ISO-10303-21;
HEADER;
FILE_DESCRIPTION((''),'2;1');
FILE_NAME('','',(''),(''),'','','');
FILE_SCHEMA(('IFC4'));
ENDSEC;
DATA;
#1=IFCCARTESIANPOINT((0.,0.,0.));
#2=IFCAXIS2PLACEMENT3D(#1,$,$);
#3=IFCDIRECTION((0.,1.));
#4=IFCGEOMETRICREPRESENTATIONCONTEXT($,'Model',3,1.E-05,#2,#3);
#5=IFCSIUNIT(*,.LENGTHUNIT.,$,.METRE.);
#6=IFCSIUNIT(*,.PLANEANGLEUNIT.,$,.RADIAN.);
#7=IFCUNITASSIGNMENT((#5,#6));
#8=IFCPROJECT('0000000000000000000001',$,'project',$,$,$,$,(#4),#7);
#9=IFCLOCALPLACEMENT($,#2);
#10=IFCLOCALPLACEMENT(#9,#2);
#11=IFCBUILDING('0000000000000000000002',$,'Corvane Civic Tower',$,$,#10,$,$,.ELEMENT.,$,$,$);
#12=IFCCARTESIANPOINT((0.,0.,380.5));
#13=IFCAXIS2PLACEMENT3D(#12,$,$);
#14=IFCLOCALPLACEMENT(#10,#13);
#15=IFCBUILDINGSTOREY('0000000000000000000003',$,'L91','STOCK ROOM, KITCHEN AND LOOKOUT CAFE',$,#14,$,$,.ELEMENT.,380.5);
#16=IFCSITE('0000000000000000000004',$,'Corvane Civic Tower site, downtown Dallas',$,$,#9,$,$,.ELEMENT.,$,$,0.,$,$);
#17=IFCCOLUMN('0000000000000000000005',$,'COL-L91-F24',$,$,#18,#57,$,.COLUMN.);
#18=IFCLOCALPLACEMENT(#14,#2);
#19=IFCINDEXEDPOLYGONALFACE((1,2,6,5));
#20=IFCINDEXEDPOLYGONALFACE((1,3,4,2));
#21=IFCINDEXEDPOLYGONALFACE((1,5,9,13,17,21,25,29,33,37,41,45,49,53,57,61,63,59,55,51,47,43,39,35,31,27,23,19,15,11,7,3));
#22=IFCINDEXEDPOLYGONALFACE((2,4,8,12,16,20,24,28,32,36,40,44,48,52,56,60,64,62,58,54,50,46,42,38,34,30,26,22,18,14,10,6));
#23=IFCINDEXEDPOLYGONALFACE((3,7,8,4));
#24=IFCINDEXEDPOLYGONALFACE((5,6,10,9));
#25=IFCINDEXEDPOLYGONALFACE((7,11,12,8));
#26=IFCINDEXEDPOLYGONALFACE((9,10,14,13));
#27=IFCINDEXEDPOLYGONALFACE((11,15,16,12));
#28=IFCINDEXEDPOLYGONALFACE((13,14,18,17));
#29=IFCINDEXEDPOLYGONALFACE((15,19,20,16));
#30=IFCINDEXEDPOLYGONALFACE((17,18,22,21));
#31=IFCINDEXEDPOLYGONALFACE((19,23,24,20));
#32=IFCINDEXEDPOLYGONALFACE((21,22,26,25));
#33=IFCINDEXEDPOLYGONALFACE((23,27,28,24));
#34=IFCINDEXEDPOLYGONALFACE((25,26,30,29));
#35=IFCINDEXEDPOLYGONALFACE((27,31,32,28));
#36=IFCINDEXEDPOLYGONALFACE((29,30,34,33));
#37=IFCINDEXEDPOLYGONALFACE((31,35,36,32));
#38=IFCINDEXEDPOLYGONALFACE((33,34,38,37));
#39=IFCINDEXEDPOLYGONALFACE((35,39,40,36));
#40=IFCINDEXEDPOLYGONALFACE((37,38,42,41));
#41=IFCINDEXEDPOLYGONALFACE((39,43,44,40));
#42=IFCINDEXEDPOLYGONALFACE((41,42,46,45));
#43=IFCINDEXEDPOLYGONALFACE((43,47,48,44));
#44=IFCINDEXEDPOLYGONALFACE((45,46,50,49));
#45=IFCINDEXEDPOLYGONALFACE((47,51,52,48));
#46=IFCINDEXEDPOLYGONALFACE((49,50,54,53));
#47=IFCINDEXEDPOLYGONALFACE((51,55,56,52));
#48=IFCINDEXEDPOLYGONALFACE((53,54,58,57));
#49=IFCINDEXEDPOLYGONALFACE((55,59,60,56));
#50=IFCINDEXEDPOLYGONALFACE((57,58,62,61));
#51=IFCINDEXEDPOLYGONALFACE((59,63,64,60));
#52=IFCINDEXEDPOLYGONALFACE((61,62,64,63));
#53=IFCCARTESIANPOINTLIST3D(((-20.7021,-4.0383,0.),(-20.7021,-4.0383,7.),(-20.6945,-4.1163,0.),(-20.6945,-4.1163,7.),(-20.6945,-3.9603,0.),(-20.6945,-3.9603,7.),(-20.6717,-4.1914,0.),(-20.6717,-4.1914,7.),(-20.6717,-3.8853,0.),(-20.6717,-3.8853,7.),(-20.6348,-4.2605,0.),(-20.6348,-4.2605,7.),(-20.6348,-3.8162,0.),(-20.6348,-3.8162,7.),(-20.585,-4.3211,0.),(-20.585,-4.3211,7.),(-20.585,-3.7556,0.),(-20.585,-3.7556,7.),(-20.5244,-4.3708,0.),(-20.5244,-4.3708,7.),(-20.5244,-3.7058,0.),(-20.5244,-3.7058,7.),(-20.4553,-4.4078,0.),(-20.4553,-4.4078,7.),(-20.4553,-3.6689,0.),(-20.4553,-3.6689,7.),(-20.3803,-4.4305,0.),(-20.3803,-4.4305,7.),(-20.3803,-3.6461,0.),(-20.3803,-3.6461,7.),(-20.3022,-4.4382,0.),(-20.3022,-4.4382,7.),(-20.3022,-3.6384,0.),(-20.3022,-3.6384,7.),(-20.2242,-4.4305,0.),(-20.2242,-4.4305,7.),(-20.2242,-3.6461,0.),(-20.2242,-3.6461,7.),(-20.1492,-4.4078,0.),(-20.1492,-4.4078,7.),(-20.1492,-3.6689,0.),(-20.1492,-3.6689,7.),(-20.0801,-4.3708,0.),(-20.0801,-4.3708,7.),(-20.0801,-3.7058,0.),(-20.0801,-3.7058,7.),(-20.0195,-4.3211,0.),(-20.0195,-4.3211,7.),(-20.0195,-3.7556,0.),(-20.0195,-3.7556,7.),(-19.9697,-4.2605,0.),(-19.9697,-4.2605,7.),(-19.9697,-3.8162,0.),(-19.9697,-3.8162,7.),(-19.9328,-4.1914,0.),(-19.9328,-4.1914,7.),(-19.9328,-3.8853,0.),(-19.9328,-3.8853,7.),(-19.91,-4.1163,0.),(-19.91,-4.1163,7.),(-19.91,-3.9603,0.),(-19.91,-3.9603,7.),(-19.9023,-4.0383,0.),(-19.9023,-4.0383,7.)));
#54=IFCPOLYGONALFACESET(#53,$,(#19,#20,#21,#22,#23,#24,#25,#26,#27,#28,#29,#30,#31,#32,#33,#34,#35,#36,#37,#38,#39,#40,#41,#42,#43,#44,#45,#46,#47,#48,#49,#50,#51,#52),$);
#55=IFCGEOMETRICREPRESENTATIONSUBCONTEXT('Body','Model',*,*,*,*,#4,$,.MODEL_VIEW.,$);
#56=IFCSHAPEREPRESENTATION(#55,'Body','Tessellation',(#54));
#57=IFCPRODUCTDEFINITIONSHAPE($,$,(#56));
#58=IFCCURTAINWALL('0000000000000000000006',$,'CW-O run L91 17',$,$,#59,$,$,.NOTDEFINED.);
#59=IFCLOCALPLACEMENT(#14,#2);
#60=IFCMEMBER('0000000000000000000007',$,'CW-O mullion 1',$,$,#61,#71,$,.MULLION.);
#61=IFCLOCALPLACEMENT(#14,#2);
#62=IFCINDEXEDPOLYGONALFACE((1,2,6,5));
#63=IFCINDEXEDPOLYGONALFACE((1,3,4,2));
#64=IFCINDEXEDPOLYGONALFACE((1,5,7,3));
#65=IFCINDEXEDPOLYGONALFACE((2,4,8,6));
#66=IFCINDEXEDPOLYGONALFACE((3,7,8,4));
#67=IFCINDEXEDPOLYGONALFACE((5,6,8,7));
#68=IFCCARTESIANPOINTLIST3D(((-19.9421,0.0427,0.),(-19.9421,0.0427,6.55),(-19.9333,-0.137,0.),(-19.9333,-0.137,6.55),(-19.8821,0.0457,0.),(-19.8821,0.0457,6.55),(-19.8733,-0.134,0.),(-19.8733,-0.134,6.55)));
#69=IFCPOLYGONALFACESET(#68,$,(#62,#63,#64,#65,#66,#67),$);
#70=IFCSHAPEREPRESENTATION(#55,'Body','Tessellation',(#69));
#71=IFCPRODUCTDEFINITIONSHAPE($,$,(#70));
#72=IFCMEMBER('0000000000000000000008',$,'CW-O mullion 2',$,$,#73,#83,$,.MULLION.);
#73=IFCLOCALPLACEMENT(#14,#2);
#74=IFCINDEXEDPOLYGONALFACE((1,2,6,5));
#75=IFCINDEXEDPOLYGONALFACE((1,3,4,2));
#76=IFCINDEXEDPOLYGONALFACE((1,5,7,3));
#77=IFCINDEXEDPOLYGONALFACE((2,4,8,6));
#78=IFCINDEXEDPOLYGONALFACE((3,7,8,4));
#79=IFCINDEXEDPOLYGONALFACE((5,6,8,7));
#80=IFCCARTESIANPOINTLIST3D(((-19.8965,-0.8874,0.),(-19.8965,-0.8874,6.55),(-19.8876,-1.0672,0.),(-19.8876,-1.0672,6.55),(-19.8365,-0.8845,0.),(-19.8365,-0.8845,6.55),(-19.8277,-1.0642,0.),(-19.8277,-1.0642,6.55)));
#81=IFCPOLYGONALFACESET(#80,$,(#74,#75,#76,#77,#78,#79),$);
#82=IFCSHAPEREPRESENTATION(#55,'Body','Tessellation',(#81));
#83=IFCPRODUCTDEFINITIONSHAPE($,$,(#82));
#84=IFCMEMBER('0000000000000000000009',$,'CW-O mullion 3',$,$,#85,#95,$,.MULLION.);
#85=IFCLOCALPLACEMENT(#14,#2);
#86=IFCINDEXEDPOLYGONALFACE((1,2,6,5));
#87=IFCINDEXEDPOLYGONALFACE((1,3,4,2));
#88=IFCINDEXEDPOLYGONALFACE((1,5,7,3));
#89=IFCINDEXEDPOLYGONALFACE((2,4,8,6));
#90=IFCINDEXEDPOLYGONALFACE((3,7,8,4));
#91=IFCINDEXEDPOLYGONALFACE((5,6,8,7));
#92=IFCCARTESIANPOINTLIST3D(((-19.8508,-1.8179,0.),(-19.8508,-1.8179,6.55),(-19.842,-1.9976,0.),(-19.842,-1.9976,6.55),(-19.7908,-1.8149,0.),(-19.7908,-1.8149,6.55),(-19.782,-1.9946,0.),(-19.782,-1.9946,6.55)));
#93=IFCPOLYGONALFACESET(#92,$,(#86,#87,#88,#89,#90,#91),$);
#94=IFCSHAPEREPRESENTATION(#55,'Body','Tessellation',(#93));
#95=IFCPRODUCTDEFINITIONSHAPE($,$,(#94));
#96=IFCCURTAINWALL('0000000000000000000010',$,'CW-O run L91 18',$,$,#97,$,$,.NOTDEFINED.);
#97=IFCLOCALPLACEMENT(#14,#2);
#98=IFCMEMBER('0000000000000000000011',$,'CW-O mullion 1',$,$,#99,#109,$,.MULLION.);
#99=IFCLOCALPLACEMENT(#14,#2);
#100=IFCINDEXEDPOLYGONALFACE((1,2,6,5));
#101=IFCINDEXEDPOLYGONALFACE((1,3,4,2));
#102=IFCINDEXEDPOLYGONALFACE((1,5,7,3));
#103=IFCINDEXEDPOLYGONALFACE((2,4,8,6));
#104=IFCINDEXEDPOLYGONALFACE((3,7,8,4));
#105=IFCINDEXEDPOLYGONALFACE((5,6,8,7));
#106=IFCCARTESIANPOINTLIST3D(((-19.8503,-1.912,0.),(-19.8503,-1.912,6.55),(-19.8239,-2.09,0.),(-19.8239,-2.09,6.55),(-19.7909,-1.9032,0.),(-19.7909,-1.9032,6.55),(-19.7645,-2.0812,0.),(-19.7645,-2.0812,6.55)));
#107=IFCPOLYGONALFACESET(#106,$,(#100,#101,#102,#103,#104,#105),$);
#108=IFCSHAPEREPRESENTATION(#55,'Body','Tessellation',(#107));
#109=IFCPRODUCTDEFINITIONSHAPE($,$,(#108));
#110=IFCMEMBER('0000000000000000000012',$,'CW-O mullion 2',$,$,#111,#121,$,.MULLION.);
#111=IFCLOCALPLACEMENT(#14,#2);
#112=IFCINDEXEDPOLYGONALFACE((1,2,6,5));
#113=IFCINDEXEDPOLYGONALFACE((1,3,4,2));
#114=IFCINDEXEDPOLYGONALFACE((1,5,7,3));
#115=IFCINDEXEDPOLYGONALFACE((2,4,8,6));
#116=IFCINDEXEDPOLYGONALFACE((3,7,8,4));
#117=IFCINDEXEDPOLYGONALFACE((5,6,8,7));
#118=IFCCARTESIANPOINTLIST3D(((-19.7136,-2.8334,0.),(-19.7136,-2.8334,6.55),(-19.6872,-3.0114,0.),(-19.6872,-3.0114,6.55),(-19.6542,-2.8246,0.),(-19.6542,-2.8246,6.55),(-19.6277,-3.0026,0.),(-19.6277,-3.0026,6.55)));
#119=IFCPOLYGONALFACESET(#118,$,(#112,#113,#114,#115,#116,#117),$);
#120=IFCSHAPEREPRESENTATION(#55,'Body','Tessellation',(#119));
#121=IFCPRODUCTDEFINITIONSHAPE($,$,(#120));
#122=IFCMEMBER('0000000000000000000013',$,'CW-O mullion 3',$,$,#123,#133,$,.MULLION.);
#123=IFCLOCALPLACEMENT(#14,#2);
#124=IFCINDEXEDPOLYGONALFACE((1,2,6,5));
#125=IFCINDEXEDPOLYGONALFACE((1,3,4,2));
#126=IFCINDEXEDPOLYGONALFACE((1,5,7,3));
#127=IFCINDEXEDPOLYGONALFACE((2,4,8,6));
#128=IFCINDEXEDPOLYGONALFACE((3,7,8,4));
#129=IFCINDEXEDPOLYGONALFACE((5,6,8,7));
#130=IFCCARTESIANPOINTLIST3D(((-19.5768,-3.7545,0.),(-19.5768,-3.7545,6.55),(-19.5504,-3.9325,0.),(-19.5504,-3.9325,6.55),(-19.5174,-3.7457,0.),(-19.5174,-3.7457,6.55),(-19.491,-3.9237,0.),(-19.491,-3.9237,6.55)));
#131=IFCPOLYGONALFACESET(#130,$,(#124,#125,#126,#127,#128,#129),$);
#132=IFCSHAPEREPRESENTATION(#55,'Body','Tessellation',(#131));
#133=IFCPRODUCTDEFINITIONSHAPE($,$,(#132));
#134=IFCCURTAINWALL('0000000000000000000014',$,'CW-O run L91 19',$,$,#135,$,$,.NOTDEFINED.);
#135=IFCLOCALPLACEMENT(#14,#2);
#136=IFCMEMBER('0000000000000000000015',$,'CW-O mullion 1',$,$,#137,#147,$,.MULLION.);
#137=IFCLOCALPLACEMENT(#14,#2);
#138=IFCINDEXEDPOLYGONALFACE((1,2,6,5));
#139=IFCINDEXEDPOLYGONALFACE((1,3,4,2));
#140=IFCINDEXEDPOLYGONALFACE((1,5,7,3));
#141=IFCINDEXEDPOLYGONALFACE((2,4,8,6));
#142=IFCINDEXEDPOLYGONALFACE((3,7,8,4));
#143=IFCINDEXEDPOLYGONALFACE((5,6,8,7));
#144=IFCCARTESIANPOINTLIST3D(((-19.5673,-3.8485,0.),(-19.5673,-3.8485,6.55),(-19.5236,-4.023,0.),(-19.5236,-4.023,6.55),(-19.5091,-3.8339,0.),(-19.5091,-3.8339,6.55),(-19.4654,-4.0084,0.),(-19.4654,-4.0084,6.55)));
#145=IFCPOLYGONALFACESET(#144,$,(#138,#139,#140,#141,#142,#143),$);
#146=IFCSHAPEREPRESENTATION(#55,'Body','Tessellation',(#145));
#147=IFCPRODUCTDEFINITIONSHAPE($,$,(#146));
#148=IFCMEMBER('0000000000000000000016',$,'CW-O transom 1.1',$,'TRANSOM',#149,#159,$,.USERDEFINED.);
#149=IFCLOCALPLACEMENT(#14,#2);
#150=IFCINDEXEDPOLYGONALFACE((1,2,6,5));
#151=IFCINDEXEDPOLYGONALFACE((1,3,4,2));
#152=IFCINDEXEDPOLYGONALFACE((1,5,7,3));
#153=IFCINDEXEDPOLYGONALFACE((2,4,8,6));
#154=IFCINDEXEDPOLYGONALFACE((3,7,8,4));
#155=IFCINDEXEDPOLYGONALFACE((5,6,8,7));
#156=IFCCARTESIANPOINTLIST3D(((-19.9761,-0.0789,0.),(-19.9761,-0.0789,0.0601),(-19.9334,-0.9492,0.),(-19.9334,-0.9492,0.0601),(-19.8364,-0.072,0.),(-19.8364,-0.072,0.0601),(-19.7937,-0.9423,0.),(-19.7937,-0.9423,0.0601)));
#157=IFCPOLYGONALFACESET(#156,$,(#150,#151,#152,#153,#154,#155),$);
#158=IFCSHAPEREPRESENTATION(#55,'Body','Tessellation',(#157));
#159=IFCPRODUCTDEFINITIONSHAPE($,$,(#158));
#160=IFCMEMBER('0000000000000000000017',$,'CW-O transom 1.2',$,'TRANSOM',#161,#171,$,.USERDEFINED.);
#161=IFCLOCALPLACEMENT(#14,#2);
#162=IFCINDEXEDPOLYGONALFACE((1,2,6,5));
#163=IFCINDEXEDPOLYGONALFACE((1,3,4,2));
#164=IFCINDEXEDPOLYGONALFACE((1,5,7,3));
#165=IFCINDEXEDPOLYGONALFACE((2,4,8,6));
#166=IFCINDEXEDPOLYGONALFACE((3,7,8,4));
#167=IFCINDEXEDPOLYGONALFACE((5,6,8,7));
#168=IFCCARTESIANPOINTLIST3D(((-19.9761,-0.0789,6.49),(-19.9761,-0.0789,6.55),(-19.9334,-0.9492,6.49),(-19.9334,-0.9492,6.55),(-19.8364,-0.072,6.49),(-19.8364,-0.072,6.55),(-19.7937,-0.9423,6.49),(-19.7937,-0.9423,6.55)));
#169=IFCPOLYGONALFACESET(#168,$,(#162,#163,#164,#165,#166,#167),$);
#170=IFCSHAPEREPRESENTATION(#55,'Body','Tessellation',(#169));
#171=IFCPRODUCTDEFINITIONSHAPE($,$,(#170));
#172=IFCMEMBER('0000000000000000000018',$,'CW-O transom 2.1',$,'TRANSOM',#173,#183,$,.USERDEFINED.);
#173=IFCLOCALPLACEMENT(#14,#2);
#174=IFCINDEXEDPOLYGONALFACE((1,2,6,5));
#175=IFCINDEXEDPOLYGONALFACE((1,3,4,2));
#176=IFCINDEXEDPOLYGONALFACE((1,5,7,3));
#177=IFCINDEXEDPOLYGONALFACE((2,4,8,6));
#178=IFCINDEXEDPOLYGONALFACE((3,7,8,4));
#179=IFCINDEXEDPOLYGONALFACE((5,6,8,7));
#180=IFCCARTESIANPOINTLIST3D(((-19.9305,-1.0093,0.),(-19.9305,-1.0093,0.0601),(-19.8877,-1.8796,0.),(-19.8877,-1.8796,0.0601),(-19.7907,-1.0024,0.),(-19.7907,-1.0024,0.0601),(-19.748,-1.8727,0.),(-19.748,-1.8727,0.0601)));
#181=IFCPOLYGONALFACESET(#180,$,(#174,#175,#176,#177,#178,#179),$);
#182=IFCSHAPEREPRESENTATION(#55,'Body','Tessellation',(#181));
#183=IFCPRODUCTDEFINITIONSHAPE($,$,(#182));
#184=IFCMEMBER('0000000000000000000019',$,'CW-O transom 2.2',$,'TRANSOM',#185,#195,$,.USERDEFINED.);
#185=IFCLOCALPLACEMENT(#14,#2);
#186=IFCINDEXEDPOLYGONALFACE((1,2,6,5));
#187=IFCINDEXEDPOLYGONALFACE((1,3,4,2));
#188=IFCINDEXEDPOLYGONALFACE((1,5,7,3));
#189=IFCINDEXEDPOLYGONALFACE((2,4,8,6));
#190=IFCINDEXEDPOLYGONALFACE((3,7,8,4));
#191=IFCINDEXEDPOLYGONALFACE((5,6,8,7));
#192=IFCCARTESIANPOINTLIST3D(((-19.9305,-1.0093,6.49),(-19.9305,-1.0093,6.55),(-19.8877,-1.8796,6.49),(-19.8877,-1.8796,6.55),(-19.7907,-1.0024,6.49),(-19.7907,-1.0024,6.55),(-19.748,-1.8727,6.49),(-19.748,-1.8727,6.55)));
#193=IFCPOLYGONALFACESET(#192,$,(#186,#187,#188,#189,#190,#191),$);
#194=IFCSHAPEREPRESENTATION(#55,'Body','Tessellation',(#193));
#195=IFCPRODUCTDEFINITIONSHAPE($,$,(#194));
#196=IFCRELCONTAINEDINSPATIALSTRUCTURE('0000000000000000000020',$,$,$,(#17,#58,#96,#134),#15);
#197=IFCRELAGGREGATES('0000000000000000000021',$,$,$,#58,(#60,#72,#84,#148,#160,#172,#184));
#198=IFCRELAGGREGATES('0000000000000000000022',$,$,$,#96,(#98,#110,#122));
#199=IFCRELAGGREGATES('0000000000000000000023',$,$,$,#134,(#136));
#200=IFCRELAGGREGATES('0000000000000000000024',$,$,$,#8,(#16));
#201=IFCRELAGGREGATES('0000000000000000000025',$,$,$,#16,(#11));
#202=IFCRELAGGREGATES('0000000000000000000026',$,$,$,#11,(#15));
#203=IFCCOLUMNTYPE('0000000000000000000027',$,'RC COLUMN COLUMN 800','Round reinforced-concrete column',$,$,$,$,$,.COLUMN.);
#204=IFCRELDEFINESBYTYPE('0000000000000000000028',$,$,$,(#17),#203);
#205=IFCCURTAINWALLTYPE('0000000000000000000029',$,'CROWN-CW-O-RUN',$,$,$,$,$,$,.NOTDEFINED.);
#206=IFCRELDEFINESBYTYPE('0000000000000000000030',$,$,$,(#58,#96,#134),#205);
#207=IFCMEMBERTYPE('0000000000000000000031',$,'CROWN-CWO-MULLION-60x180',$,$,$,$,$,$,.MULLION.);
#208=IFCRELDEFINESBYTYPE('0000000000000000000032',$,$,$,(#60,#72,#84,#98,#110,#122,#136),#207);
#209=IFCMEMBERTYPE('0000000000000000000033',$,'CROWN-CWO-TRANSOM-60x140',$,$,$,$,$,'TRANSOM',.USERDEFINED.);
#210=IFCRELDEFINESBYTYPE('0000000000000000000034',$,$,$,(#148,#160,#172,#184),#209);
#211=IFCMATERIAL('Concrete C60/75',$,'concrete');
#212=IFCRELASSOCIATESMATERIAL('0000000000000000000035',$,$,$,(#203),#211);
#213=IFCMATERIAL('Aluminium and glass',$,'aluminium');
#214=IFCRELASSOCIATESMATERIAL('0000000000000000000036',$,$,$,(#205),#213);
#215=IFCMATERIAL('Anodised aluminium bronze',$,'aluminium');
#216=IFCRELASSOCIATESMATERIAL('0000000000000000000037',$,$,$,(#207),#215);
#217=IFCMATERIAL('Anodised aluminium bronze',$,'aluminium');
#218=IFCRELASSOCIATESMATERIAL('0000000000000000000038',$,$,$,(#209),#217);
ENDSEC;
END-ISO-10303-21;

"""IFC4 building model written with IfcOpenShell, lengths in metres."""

from ifc_helpers import new_model, si_unit, direction, frame, origin, origin_2d, place, context, subcontext, project, spatial, rectangle, circle, extrude, material, material_profile, profile_set, type_object, element, aggregate, save


model = new_model("IFC4")

# Units and contexts
model_context = context("Model", 3, precision=1e-05, world=origin(), true_north=direction((0.0, 1.0)))
body_context = subcontext(model_context, "Body", "Model", "MODEL_VIEW")
ifc_project = project(units=[si_unit("LENGTHUNIT", "METRE"), si_unit("PLANEANGLEUNIT", "RADIAN")], contexts=[model_context])

# Site, building, storey
site_placement = place(None, origin())
site = spatial("IfcSite", under=ifc_project, at=site_placement, Name="Corvane Civic Tower site, downtown Dallas", CompositionType="ELEMENT", RefElevation=0.0)
building_placement = place(site_placement, origin())
building = spatial("IfcBuilding", under=site, at=building_placement, Name="Corvane Civic Tower", CompositionType="ELEMENT")
storey_placement = place(building_placement, frame((0.0, 0.0, 380.5)))
storey = spatial("IfcBuildingStorey", under=building, at=storey_placement, Name="L91", Description="STOCK ROOM, KITCHEN AND LOOKOUT CAFE", CompositionType="ELEMENT", Elevation=380.5)

# Column
ifc_material_1 = material(Name="Concrete C60/75", Category="concrete")
ifc_material_profile_1 = material_profile(ifc_material_1, circle(Radius=0.3999, at=origin_2d()), Name="COLUMN 800")
ifc_profile_set_1 = profile_set([ifc_material_profile_1], Name="Concrete C60/75")
column_type = type_object("IfcColumnType", Name="RC COLUMN COLUMN 800", Description="Round reinforced-concrete column", PredefinedType="COLUMN", material=ifc_profile_set_1)
column_placement = place(storey_placement, frame((-20.3022, -4.0383, 0.0), z_axis=(0.0, 0.0, 1.0), x_axis=(1.0, 0.0, 0.0)))
element("IfcColumn", 1, at=column_placement, inside=storey, type_object=column_type, Name="COL-L91-F24", PredefinedType="COLUMN", context=body_context, shape_type="SweptSolid", body=[
    extrude(circle(Radius=0.3999, at=origin_2d()), origin(), (0.0, 0.0, 1.0), 7.0),
])

# Curtain walls, members
ifc_material_2 = material(Name="Aluminium and glass", Category="aluminium")
curtain_wall_type = type_object("IfcCurtainWallType", Name="CROWN-CW-O-RUN", PredefinedType="NOTDEFINED", material=ifc_material_2)
curtain_wall_1_placement = place(storey_placement, origin())
curtain_wall_1 = element("IfcCurtainWall", 2, at=curtain_wall_1_placement, inside=storey, type_object=curtain_wall_type, Name="CW-O run L91 17", PredefinedType="NOTDEFINED")
ifc_material_3 = material(Name="Anodised aluminium bronze", Category="aluminium")
ifc_material_profile_2 = material_profile(ifc_material_3, rectangle(XDim=0.0601, YDim=0.1799, at=origin_2d()), Name="AL 60x180")
ifc_profile_set_2 = profile_set([ifc_material_profile_2], Name="Anodised aluminium bronze")
member_type_1 = type_object("IfcMemberType", Name="CROWN-CWO-MULLION-60x180", PredefinedType="MULLION", material=ifc_profile_set_2)
member_1_placement = place(storey_placement, frame((-19.9077, -0.0457, 0.0), z_axis=(0.0, 0.0, 1.0), x_axis=(0.998799, 0.048991, 0.0)))
member_1 = element("IfcMember", 3, at=member_1_placement, type_object=member_type_1, Name="CW-O mullion 1", PredefinedType="MULLION", context=body_context, shape_type="SweptSolid", body=[
    extrude(rectangle(XDim=0.0601, YDim=0.1799, at=origin_2d()), origin(), (0.0, 0.0, 1.0), 6.55),
])
member_2_placement = place(storey_placement, frame((-19.8621, -0.9758, 0.0), z_axis=(0.0, 0.0, 1.0), x_axis=(0.998799, 0.048991, 0.0)))
member_2 = element("IfcMember", 4, at=member_2_placement, type_object=member_type_1, Name="CW-O mullion 2", PredefinedType="MULLION", context=body_context, shape_type="SweptSolid", body=[
    extrude(rectangle(XDim=0.0601, YDim=0.1799, at=origin_2d()), origin(), (0.0, 0.0, 1.0), 6.55),
])
member_3_placement = place(storey_placement, frame((-19.8164, -1.9062, 0.0), z_axis=(0.0, 0.0, 1.0), x_axis=(0.998799, 0.048991, 0.0)))
member_3 = element("IfcMember", 5, at=member_3_placement, type_object=member_type_1, Name="CW-O mullion 3", PredefinedType="MULLION", context=body_context, shape_type="SweptSolid", body=[
    extrude(rectangle(XDim=0.0601, YDim=0.1799, at=origin_2d()), origin(), (0.0, 0.0, 1.0), 6.55),
])
curtain_wall_2_placement = place(storey_placement, origin())
curtain_wall_2 = element("IfcCurtainWall", 6, at=curtain_wall_2_placement, inside=storey, type_object=curtain_wall_type, Name="CW-O run L91 18", PredefinedType="NOTDEFINED")
member_4_placement = place(storey_placement, frame((-19.8074, -1.9966, 0.0), z_axis=(0.0, 0.0, 1.0), x_axis=(0.98917, 0.146771, 0.0)))
member_4 = element("IfcMember", 7, at=member_4_placement, type_object=member_type_1, Name="CW-O mullion 1", PredefinedType="MULLION", context=body_context, shape_type="SweptSolid", body=[
    extrude(rectangle(XDim=0.0601, YDim=0.1799, at=origin_2d()), origin(), (0.0, 0.0, 1.0), 6.55),
])
member_5_placement = place(storey_placement, frame((-19.6707, -2.918, 0.0), z_axis=(0.0, 0.0, 1.0), x_axis=(0.98917, 0.146771, 0.0)))
member_5 = element("IfcMember", 8, at=member_5_placement, type_object=member_type_1, Name="CW-O mullion 2", PredefinedType="MULLION", context=body_context, shape_type="SweptSolid", body=[
    extrude(rectangle(XDim=0.0601, YDim=0.1799, at=origin_2d()), origin(), (0.0, 0.0, 1.0), 6.55),
])
member_6_placement = place(storey_placement, frame((-19.5339, -3.8391, 0.0), z_axis=(0.0, 0.0, 1.0), x_axis=(0.98917, 0.146771, 0.0)))
member_6 = element("IfcMember", 9, at=member_6_placement, type_object=member_type_1, Name="CW-O mullion 3", PredefinedType="MULLION", context=body_context, shape_type="SweptSolid", body=[
    extrude(rectangle(XDim=0.0601, YDim=0.1799, at=origin_2d()), origin(), (0.0, 0.0, 1.0), 6.55),
])

# Curtain wall, member
curtain_wall_3_placement = place(storey_placement, origin())
curtain_wall_3 = element("IfcCurtainWall", 10, at=curtain_wall_3_placement, inside=storey, type_object=curtain_wall_type, Name="CW-O run L91 19", PredefinedType="NOTDEFINED")
member_7_placement = place(storey_placement, frame((-19.5164, -3.9285, 0.0), z_axis=(0.0, 0.0, 1.0), x_axis=(0.970038, 0.242952, 0.0)))
member_7 = element("IfcMember", 11, at=member_7_placement, type_object=member_type_1, Name="CW-O mullion 1", PredefinedType="MULLION", context=body_context, shape_type="SweptSolid", body=[
    extrude(rectangle(XDim=0.0601, YDim=0.1799, at=origin_2d()), origin(), (0.0, 0.0, 1.0), 6.55),
])

# Members
ifc_material_4 = material(Name="Anodised aluminium bronze", Category="aluminium")
ifc_material_profile_3 = material_profile(ifc_material_4, rectangle(XDim=0.1399, YDim=0.0601, at=origin_2d()), Name="AL 140x60")
ifc_profile_set_3 = profile_set([ifc_material_profile_3], Name="Anodised aluminium bronze")
member_type_2 = type_object("IfcMemberType", Name="CROWN-CWO-TRANSOM-60x140", ElementType="TRANSOM", PredefinedType="USERDEFINED", material=ifc_profile_set_3)
member_8_placement = place(storey_placement, frame((-19.9062, -0.0754, 0.03), z_axis=(0.049029, -0.998797, 0.0), x_axis=(0.998797, 0.049029, 0.0)))
member_8 = element("IfcMember", 12, at=member_8_placement, type_object=member_type_2, Name="CW-O transom 1.1", ObjectType="TRANSOM", PredefinedType="USERDEFINED", context=body_context, shape_type="SweptSolid", body=[
    extrude(rectangle(XDim=0.1399, YDim=0.0601, at=origin_2d()), origin(), (0.0, 0.0, 1.0), 0.8713),
])
member_9_placement = place(storey_placement, frame((-19.9062, -0.0754, 6.52), z_axis=(0.049029, -0.998797, 0.0), x_axis=(0.998797, 0.049029, 0.0)))
member_9 = element("IfcMember", 13, at=member_9_placement, type_object=member_type_2, Name="CW-O transom 1.2", ObjectType="TRANSOM", PredefinedType="USERDEFINED", context=body_context, shape_type="SweptSolid", body=[
    extrude(rectangle(XDim=0.1399, YDim=0.0601, at=origin_2d()), origin(), (0.0, 0.0, 1.0), 0.8713),
])
member_10_placement = place(storey_placement, frame((-19.8606, -1.0059, 0.03), z_axis=(0.049029, -0.998797, 0.0), x_axis=(0.998797, 0.049029, 0.0)))
member_10 = element("IfcMember", 14, at=member_10_placement, type_object=member_type_2, Name="CW-O transom 2.1", ObjectType="TRANSOM", PredefinedType="USERDEFINED", context=body_context, shape_type="SweptSolid", body=[
    extrude(rectangle(XDim=0.1399, YDim=0.0601, at=origin_2d()), origin(), (0.0, 0.0, 1.0), 0.8713),
])
member_11_placement = place(storey_placement, frame((-19.8606, -1.0059, 6.52), z_axis=(0.049029, -0.998797, 0.0), x_axis=(0.998797, 0.049029, 0.0)))
member_11 = element("IfcMember", 15, at=member_11_placement, type_object=member_type_2, Name="CW-O transom 2.2", ObjectType="TRANSOM", PredefinedType="USERDEFINED", context=body_context, shape_type="SweptSolid", body=[
    extrude(rectangle(XDim=0.1399, YDim=0.0601, at=origin_2d()), origin(), (0.0, 0.0, 1.0), 0.8713),
])

aggregate(curtain_wall_1, [member_1, member_2, member_3, member_8, member_9, member_10, member_11])
aggregate(curtain_wall_2, [member_4, member_5, member_6])
aggregate(curtain_wall_3, [member_7])

save(model, "model.ifc")
